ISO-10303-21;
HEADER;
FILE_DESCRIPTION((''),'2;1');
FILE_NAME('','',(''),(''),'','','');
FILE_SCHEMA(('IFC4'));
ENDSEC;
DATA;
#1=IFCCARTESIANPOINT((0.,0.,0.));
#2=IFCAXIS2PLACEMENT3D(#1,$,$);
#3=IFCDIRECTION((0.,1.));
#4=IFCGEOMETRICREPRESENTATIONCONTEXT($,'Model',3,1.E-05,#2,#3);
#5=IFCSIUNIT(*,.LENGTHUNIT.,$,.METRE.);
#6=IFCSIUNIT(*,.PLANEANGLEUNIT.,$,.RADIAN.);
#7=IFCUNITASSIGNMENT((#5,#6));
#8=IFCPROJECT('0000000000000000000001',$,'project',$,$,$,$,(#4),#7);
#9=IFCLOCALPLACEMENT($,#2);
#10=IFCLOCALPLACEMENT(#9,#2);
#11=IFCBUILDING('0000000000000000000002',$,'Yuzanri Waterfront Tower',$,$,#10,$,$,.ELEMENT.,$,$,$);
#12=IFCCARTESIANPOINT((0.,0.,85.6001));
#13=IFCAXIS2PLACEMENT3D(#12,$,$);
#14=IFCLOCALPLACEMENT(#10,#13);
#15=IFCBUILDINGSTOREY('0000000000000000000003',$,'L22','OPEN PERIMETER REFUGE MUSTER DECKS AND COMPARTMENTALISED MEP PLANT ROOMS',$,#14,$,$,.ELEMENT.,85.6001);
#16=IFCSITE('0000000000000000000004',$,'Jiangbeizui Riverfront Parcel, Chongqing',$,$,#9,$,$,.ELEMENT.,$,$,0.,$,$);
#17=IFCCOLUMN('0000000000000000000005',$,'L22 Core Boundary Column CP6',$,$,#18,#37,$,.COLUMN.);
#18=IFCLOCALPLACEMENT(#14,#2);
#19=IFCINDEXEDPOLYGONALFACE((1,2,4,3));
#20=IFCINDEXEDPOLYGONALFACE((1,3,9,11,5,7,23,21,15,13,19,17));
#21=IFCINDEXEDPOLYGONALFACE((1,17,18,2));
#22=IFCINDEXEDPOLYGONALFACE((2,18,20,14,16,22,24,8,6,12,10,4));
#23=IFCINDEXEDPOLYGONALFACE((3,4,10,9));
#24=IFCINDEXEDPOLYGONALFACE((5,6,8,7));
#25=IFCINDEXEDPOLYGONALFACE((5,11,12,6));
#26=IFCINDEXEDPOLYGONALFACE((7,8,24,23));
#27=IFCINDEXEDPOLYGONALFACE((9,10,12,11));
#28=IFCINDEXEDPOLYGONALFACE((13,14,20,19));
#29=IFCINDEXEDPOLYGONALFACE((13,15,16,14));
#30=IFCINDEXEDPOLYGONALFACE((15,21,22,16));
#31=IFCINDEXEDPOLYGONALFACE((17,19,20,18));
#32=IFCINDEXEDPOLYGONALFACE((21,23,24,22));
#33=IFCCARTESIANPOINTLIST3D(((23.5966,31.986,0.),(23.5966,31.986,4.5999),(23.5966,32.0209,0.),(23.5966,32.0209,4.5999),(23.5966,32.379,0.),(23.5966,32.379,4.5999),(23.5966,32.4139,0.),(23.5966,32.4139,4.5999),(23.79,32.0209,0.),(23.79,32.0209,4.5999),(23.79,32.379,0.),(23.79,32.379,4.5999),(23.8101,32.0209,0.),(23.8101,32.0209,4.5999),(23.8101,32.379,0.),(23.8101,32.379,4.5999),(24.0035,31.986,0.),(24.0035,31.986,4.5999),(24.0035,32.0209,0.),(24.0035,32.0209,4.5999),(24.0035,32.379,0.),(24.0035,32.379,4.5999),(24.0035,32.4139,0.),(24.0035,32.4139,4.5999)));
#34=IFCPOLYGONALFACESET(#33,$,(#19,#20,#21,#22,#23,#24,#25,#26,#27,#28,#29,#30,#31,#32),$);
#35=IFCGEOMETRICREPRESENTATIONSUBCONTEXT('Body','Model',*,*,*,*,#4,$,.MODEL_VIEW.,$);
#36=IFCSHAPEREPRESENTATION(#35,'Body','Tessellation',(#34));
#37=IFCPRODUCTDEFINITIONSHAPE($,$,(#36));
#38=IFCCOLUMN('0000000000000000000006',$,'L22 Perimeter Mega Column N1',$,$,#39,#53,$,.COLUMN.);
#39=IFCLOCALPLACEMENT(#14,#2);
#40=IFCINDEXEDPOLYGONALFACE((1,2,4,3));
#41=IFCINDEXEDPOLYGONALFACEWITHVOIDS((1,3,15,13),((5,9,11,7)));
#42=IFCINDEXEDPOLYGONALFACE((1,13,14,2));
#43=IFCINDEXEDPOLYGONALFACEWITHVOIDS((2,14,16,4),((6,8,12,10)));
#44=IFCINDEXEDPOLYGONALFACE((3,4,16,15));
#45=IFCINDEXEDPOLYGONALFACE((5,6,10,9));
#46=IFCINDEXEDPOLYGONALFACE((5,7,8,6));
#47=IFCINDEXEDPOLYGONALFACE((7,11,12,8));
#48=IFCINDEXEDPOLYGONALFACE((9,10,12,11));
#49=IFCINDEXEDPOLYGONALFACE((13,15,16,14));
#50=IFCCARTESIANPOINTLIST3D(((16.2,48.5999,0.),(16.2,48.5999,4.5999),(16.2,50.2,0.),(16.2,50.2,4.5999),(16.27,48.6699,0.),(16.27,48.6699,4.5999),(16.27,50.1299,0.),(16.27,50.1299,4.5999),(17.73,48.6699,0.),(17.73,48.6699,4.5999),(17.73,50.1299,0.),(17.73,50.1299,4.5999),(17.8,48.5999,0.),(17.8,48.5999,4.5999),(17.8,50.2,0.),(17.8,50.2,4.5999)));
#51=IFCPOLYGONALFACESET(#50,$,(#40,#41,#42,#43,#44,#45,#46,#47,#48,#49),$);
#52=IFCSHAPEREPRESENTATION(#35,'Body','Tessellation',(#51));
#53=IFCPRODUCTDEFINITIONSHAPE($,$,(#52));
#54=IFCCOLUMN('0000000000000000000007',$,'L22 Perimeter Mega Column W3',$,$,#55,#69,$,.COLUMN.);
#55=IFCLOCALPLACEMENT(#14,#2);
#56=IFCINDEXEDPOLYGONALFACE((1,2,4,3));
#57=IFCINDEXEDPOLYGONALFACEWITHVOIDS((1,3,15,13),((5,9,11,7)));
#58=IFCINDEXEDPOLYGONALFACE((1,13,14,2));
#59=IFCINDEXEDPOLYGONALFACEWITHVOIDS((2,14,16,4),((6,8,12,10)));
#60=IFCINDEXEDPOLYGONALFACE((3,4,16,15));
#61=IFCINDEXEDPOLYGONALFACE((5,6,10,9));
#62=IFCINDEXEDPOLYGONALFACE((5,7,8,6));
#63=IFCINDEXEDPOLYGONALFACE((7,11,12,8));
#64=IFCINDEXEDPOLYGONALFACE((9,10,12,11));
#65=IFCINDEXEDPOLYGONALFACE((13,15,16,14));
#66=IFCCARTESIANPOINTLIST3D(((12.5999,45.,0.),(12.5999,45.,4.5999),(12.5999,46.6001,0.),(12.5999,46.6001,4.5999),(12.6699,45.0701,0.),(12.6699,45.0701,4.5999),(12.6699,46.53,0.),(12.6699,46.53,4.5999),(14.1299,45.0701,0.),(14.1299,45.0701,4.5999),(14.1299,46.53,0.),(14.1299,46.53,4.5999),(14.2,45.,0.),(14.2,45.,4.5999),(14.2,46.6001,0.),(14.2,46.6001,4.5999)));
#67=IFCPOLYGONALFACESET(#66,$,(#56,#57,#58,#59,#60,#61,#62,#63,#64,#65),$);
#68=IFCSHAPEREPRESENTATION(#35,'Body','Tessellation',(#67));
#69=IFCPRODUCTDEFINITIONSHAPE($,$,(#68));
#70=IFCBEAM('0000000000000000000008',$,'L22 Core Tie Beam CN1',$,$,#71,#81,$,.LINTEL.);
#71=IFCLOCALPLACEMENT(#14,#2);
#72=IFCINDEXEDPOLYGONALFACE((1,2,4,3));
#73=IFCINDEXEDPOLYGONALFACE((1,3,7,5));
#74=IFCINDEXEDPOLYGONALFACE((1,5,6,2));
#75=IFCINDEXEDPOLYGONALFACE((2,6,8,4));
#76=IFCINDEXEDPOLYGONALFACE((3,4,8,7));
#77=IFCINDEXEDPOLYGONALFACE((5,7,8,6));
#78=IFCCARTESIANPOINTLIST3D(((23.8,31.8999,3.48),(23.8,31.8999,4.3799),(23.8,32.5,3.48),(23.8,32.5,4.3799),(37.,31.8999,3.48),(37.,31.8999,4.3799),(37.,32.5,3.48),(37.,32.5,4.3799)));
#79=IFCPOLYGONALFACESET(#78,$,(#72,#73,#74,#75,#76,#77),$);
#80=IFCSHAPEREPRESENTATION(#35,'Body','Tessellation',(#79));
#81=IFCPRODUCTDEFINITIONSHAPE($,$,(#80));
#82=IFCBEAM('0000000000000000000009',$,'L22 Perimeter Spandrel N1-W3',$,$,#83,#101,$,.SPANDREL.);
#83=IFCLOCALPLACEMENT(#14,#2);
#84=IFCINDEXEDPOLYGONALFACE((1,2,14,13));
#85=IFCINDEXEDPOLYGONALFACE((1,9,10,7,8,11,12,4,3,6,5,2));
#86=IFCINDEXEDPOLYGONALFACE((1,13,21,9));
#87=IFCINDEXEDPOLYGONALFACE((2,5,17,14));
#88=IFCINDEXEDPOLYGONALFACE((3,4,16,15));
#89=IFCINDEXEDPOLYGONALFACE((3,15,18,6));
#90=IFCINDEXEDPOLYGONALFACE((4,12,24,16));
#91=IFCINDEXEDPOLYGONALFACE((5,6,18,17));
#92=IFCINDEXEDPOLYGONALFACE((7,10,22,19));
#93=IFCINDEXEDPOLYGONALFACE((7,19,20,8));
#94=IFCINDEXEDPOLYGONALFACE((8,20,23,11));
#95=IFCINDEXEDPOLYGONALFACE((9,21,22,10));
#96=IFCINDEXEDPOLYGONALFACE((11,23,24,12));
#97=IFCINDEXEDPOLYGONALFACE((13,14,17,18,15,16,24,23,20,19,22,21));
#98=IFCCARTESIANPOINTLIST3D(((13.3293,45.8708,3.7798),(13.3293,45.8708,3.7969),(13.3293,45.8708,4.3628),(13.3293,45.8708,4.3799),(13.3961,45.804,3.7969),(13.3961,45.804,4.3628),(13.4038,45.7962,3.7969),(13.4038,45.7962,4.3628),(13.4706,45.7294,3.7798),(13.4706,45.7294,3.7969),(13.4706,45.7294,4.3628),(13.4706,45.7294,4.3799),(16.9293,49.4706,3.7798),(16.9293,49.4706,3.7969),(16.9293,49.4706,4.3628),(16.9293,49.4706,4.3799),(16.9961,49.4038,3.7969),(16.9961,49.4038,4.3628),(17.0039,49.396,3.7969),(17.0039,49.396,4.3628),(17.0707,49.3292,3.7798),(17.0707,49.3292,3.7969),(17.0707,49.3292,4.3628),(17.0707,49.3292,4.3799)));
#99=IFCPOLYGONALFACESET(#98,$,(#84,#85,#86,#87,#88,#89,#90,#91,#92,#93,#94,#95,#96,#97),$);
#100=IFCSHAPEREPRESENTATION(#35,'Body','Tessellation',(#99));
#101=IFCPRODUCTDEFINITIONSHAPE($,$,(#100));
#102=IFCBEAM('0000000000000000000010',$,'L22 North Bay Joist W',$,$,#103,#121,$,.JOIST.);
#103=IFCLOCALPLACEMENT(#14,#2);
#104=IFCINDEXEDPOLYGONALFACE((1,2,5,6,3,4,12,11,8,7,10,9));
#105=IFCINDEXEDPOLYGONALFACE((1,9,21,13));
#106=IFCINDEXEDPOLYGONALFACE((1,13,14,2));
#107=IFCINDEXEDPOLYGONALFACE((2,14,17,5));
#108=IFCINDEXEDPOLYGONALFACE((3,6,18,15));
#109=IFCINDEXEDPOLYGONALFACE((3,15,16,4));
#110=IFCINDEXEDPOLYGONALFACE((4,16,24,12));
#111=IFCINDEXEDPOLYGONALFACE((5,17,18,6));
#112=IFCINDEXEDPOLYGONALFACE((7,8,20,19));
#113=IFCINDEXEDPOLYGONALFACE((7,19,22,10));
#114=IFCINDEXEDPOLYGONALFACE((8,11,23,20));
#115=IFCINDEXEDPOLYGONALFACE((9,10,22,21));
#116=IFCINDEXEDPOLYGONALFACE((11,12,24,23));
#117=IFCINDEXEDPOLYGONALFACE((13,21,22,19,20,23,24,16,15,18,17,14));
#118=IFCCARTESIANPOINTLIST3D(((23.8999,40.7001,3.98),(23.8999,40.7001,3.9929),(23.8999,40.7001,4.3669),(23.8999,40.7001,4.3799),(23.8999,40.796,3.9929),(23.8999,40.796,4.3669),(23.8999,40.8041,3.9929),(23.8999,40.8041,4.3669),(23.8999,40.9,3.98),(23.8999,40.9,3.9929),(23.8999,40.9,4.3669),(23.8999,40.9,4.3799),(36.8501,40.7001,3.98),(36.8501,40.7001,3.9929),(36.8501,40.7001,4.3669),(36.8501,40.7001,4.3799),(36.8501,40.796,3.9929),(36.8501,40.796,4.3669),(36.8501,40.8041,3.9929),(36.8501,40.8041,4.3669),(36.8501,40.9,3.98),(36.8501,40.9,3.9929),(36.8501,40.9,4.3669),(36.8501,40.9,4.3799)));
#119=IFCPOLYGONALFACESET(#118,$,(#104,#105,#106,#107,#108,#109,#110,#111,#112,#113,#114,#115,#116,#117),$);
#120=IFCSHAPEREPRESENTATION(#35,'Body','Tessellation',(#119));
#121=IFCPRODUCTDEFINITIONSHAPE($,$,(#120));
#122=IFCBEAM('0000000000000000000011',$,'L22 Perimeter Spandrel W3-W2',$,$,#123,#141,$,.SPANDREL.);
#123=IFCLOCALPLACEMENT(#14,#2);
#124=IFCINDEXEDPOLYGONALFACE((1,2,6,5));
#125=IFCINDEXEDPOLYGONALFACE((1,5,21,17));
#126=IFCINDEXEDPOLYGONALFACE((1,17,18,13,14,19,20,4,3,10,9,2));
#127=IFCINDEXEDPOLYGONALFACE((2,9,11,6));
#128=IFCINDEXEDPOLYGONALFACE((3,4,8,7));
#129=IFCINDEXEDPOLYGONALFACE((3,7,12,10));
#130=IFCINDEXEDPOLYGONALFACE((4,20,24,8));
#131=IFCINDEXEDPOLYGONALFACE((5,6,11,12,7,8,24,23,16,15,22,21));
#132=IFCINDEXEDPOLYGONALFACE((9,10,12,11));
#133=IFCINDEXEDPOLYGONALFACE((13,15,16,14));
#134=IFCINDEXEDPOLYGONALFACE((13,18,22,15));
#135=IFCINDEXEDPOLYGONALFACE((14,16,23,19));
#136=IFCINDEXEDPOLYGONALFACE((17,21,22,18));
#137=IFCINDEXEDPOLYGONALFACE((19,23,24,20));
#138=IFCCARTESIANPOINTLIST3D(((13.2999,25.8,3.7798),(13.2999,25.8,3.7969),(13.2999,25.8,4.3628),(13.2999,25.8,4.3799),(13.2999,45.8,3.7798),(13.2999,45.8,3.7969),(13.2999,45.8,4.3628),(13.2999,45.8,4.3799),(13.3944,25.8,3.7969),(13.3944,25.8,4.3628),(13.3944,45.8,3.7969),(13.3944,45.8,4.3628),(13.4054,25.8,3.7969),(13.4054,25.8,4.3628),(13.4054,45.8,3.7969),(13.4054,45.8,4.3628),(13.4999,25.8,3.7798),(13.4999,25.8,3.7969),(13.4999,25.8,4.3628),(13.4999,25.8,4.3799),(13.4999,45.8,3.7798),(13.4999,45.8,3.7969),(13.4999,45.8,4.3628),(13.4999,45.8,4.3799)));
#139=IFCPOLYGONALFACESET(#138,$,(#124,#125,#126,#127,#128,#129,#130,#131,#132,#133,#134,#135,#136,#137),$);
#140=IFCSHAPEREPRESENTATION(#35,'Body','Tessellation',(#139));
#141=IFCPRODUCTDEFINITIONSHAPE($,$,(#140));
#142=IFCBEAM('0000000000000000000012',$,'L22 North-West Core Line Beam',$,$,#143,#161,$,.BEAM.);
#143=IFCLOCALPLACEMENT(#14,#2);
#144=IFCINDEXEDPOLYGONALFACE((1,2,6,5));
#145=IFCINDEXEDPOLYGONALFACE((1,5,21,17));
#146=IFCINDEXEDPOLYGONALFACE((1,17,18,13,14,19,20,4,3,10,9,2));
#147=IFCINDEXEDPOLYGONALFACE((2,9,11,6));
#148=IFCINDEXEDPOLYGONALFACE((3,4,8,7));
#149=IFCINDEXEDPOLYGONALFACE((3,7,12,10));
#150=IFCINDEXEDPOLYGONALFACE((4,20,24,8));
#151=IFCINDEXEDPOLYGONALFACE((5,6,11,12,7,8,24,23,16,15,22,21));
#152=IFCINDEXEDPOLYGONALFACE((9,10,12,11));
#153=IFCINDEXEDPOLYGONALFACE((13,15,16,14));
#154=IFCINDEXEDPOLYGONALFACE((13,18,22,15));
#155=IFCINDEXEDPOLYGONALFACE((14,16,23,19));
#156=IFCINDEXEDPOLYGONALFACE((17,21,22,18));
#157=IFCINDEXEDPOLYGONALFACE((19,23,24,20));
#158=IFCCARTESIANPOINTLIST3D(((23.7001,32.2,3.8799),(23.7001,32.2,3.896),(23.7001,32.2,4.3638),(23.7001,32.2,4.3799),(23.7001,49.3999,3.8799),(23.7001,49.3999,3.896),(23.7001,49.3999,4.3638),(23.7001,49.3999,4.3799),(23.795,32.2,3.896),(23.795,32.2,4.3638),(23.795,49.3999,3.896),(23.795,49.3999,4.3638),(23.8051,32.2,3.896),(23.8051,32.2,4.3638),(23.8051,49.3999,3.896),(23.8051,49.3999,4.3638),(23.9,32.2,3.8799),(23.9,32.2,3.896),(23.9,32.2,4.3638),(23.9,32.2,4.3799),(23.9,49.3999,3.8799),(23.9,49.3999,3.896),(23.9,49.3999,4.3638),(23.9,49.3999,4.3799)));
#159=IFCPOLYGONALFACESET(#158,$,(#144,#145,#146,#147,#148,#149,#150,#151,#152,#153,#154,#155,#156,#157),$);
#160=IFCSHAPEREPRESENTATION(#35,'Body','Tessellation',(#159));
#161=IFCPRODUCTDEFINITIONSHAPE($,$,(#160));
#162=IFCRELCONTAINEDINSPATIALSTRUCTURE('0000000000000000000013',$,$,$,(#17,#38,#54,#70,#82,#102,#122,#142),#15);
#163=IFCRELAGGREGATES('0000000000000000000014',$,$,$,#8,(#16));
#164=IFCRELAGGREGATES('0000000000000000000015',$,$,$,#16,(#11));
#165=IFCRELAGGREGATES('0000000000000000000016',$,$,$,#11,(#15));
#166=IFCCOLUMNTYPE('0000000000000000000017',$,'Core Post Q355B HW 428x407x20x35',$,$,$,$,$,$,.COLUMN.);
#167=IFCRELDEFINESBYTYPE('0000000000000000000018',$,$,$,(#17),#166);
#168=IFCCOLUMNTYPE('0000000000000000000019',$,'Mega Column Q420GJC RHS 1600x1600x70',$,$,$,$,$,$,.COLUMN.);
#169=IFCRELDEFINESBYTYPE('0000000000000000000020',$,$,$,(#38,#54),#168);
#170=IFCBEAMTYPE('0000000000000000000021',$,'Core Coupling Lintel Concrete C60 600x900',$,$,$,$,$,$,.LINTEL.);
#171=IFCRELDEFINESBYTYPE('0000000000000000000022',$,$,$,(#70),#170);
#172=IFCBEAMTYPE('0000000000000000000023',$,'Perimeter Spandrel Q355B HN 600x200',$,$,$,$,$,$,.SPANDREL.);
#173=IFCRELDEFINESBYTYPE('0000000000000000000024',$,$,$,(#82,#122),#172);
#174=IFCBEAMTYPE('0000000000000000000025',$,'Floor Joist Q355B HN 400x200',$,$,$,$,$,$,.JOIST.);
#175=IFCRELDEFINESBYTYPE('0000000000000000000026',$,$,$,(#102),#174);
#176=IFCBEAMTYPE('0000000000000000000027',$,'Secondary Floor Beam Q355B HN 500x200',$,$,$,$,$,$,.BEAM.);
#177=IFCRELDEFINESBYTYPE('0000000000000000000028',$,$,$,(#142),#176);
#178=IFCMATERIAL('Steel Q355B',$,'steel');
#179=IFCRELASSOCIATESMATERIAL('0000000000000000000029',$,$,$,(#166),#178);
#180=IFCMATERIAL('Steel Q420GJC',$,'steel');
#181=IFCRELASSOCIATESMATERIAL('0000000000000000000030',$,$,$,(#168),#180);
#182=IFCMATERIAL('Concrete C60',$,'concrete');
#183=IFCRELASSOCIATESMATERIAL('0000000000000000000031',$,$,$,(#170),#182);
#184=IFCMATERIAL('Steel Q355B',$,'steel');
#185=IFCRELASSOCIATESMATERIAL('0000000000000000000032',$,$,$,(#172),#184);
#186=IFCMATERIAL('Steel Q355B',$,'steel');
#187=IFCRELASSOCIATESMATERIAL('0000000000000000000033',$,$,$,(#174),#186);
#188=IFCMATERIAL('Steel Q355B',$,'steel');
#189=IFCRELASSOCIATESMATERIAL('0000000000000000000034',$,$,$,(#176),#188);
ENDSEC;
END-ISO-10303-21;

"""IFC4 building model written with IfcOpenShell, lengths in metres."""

from ifc_helpers import new_model, si_unit, direction, frame, origin, origin_2d, place, context, subcontext, project, spatial, rectangle, hollow_rectangle, i_section, extrude, source, transform, mapped, material, material_profile, profile_set, type_object, element, save


model = new_model("IFC4")

# Units and contexts
model_context = context("Model", 3, precision=1e-05, world=origin(), true_north=direction((0.0, 1.0)))
body_context = subcontext(model_context, "Body", "Model", "MODEL_VIEW")
ifc_project = project(units=[si_unit("LENGTHUNIT", "METRE"), si_unit("PLANEANGLEUNIT", "RADIAN")], contexts=[model_context])

# Site, building, storey
site_placement = place(None, origin())
site = spatial("IfcSite", under=ifc_project, at=site_placement, Name="Jiangbeizui Riverfront Parcel, Chongqing", CompositionType="ELEMENT", RefElevation=0.0)
building_placement = place(site_placement, origin())
building = spatial("IfcBuilding", under=site, at=building_placement, Name="Yuzanri Waterfront Tower", CompositionType="ELEMENT")
storey_placement = place(building_placement, frame((0.0, 0.0, 85.6001)))
storey = spatial("IfcBuildingStorey", under=building, at=storey_placement, Name="L22", Description="OPEN PERIMETER REFUGE MUSTER DECKS AND COMPARTMENTALISED MEP PLANT ROOMS", CompositionType="ELEMENT", Elevation=85.6001)

# Columns
ifc_material_1 = material(Name="Steel Q355B", Category="steel")
ifc_material_profile_1 = material_profile(ifc_material_1, i_section(OverallWidth=0.407, OverallDepth=0.428, WebThickness=0.02, FlangeThickness=0.0349, at=origin_2d()), Name="HW 428x407x20x35")
ifc_profile_set_1 = profile_set([ifc_material_profile_1], Name="Steel Q355B")
column_type_1 = type_object("IfcColumnType", Name="Core Post Q355B HW 428x407x20x35", PredefinedType="COLUMN", material=ifc_profile_set_1)
shared_shape_1 = source(origin(), body_context, "Body", "SweptSolid", [
    extrude(i_section(OverallWidth=0.407, OverallDepth=0.428, WebThickness=0.02, FlangeThickness=0.0349, at=origin_2d()), origin(), (0.0, 0.0, 1.0), 4.5999),
])
column_placement = place(storey_placement, frame((23.8, 32.2, 0.0), z_axis=(0.0, 0.0, 1.0), x_axis=(1.0, 0.0, 0.0)))
element("IfcColumn", 1, at=column_placement, inside=storey, type_object=column_type_1, Name="L22 Core Boundary Column CP6", PredefinedType="COLUMN", context=body_context, shape_type="MappedRepresentation", body=[
    mapped(shared_shape_1, transform((0.0, 0.0, 0.0), scale=1.0)),
])
ifc_material_2 = material(Name="Steel Q420GJC", Category="steel")
ifc_material_profile_2 = material_profile(ifc_material_2, hollow_rectangle(XDim=1.6001, YDim=1.6001, WallThickness=0.0701, at=origin_2d()), Name="RHS 1600x1600x70")
ifc_profile_set_2 = profile_set([ifc_material_profile_2], Name="Steel Q420GJC")
column_type_2 = type_object("IfcColumnType", Name="Mega Column Q420GJC RHS 1600x1600x70", PredefinedType="COLUMN", material=ifc_profile_set_2)
shared_shape_2 = source(origin(), body_context, "Body", "SweptSolid", [
    extrude(hollow_rectangle(XDim=1.6001, YDim=1.6001, WallThickness=0.0701, at=origin_2d()), origin(), (0.0, 0.0, 1.0), 4.5999),
])
for number, where, z_axis, x_axis, name in (
    (2, (17.0, 49.3999, 0.0), (0.0, 0.0, 1.0), (1.0, 0.0, 0.0), "L22 Perimeter Mega Column N1"),
    (3, (13.3999, 45.8, 0.0), (0.0, 0.0, 1.0), (1.0, 0.0, 0.0), "L22 Perimeter Mega Column W3"),
):
    element("IfcColumn", number, at=place(storey_placement, frame(where, z_axis=z_axis, x_axis=x_axis)), inside=storey, type_object=column_type_2, Name=name, PredefinedType="COLUMN", context=body_context, shape_type="MappedRepresentation", body=[
        mapped(shared_shape_2, transform((0.0, 0.0, 0.0), scale=1.0)),
    ])

# Beams
ifc_material_3 = material(Name="Concrete C60", Category="concrete")
ifc_material_profile_3 = material_profile(ifc_material_3, rectangle(XDim=0.6001, YDim=0.8999, at=origin_2d()), Name="RC 600x900")
ifc_profile_set_3 = profile_set([ifc_material_profile_3], Name="Concrete C60")
beam_type_1 = type_object("IfcBeamType", Name="Core Coupling Lintel Concrete C60 600x900", PredefinedType="LINTEL", material=ifc_profile_set_3)
shared_shape_3 = source(origin(), body_context, "Body", "SweptSolid", [
    extrude(rectangle(XDim=0.6001, YDim=0.8999, at=origin_2d()), origin(), (0.0, 0.0, 1.0), 13.2),
])
beam_1_placement = place(storey_placement, frame((23.8, 32.2, 3.9299), z_axis=(1.0, 0.0, 0.0), x_axis=(0.0, 1.0, 0.0)))
element("IfcBeam", 4, at=beam_1_placement, inside=storey, type_object=beam_type_1, Name="L22 Core Tie Beam CN1", PredefinedType="LINTEL", context=body_context, shape_type="MappedRepresentation", body=[
    mapped(shared_shape_3, transform((0.0, 0.0, 0.0), scale=1.0)),
])
ifc_material_4 = material(Name="Steel Q355B", Category="steel")
ifc_material_profile_4 = material_profile(ifc_material_4, i_section(OverallWidth=0.2, OverallDepth=0.6001, WebThickness=0.011, FlangeThickness=0.0171, at=origin_2d()), Name="HN 600x200x11x17")
ifc_profile_set_4 = profile_set([ifc_material_profile_4], Name="Steel Q355B")
beam_type_2 = type_object("IfcBeamType", Name="Perimeter Spandrel Q355B HN 600x200", PredefinedType="SPANDREL", material=ifc_profile_set_4)
shared_shape_4 = source(origin(), body_context, "Body", "SweptSolid", [
    extrude(i_section(OverallWidth=0.2, OverallDepth=0.6001, WebThickness=0.011, FlangeThickness=0.0171, at=origin_2d()), origin(), (0.0, 0.0, 1.0), 5.0911),
])
beam_2_placement = place(storey_placement, frame((17.0, 49.3999, 4.0798), z_axis=(-0.707131, -0.707083, 0.0), x_axis=(0.707083, -0.707131, 0.0)))
element("IfcBeam", 5, at=beam_2_placement, inside=storey, type_object=beam_type_2, Name="L22 Perimeter Spandrel N1-W3", PredefinedType="SPANDREL", context=body_context, shape_type="MappedRepresentation", body=[
    mapped(shared_shape_4, transform((0.0, 0.0, 0.0), scale=1.0)),
])
ifc_material_5 = material(Name="Steel Q355B", Category="steel")
ifc_material_profile_5 = material_profile(ifc_material_5, i_section(OverallWidth=0.2, OverallDepth=0.3999, WebThickness=0.0081, FlangeThickness=0.0129, at=origin_2d()), Name="HN 400x200x8x13")
ifc_profile_set_5 = profile_set([ifc_material_profile_5], Name="Steel Q355B")
beam_type_3 = type_object("IfcBeamType", Name="Floor Joist Q355B HN 400x200", PredefinedType="JOIST", material=ifc_profile_set_5)
shared_shape_5 = source(origin(), body_context, "Body", "SweptSolid", [
    extrude(i_section(OverallWidth=0.2, OverallDepth=0.3999, WebThickness=0.0081, FlangeThickness=0.0129, at=origin_2d()), origin(), (0.0, 0.0, 1.0), 12.9502),
])
beam_3_placement = place(storey_placement, frame((23.8999, 40.8, 4.1799), z_axis=(1.0, 0.0, 0.0), x_axis=(0.0, 1.0, 0.0)))
element("IfcBeam", 6, at=beam_3_placement, inside=storey, type_object=beam_type_3, Name="L22 North Bay Joist W", PredefinedType="JOIST", context=body_context, shape_type="MappedRepresentation", body=[
    mapped(shared_shape_5, transform((0.0, 0.0, 0.0), scale=1.0)),
])
shared_shape_6 = source(origin(), body_context, "Body", "SweptSolid", [
    extrude(i_section(OverallWidth=0.2, OverallDepth=0.6001, WebThickness=0.011, FlangeThickness=0.0171, at=origin_2d()), origin(), (0.0, 0.0, 1.0), 20.0),
])
beam_4_placement = place(storey_placement, frame((13.3999, 45.8, 4.0798), z_axis=(0.0, -1.0, 0.0), x_axis=(1.0, 0.0, 0.0)))
element("IfcBeam", 7, at=beam_4_placement, inside=storey, type_object=beam_type_2, Name="L22 Perimeter Spandrel W3-W2", PredefinedType="SPANDREL", context=body_context, shape_type="MappedRepresentation", body=[
    mapped(shared_shape_6, transform((0.0, 0.0, 0.0), scale=1.0)),
])
ifc_material_6 = material(Name="Steel Q355B", Category="steel")
ifc_material_profile_6 = material_profile(ifc_material_6, i_section(OverallWidth=0.2, OverallDepth=0.5, WebThickness=0.01, FlangeThickness=0.0161, at=origin_2d()), Name="HN 500x200x10x16")
ifc_profile_set_6 = profile_set([ifc_material_profile_6], Name="Steel Q355B")
beam_type_4 = type_object("IfcBeamType", Name="Secondary Floor Beam Q355B HN 500x200", PredefinedType="BEAM", material=ifc_profile_set_6)
shared_shape_7 = source(origin(), body_context, "Body", "SweptSolid", [
    extrude(i_section(OverallWidth=0.2, OverallDepth=0.5, WebThickness=0.01, FlangeThickness=0.0161, at=origin_2d()), origin(), (0.0, 0.0, 1.0), 17.2),
])
beam_5_placement = place(storey_placement, frame((23.8, 32.2, 4.1299), z_axis=(0.0, 1.0, 0.0), x_axis=(-1.0, 0.0, 0.0)))
element("IfcBeam", 8, at=beam_5_placement, inside=storey, type_object=beam_type_4, Name="L22 North-West Core Line Beam", PredefinedType="BEAM", context=body_context, shape_type="MappedRepresentation", body=[
    mapped(shared_shape_7, transform((0.0, 0.0, 0.0), scale=1.0)),
])

save(model, "model.ifc")
